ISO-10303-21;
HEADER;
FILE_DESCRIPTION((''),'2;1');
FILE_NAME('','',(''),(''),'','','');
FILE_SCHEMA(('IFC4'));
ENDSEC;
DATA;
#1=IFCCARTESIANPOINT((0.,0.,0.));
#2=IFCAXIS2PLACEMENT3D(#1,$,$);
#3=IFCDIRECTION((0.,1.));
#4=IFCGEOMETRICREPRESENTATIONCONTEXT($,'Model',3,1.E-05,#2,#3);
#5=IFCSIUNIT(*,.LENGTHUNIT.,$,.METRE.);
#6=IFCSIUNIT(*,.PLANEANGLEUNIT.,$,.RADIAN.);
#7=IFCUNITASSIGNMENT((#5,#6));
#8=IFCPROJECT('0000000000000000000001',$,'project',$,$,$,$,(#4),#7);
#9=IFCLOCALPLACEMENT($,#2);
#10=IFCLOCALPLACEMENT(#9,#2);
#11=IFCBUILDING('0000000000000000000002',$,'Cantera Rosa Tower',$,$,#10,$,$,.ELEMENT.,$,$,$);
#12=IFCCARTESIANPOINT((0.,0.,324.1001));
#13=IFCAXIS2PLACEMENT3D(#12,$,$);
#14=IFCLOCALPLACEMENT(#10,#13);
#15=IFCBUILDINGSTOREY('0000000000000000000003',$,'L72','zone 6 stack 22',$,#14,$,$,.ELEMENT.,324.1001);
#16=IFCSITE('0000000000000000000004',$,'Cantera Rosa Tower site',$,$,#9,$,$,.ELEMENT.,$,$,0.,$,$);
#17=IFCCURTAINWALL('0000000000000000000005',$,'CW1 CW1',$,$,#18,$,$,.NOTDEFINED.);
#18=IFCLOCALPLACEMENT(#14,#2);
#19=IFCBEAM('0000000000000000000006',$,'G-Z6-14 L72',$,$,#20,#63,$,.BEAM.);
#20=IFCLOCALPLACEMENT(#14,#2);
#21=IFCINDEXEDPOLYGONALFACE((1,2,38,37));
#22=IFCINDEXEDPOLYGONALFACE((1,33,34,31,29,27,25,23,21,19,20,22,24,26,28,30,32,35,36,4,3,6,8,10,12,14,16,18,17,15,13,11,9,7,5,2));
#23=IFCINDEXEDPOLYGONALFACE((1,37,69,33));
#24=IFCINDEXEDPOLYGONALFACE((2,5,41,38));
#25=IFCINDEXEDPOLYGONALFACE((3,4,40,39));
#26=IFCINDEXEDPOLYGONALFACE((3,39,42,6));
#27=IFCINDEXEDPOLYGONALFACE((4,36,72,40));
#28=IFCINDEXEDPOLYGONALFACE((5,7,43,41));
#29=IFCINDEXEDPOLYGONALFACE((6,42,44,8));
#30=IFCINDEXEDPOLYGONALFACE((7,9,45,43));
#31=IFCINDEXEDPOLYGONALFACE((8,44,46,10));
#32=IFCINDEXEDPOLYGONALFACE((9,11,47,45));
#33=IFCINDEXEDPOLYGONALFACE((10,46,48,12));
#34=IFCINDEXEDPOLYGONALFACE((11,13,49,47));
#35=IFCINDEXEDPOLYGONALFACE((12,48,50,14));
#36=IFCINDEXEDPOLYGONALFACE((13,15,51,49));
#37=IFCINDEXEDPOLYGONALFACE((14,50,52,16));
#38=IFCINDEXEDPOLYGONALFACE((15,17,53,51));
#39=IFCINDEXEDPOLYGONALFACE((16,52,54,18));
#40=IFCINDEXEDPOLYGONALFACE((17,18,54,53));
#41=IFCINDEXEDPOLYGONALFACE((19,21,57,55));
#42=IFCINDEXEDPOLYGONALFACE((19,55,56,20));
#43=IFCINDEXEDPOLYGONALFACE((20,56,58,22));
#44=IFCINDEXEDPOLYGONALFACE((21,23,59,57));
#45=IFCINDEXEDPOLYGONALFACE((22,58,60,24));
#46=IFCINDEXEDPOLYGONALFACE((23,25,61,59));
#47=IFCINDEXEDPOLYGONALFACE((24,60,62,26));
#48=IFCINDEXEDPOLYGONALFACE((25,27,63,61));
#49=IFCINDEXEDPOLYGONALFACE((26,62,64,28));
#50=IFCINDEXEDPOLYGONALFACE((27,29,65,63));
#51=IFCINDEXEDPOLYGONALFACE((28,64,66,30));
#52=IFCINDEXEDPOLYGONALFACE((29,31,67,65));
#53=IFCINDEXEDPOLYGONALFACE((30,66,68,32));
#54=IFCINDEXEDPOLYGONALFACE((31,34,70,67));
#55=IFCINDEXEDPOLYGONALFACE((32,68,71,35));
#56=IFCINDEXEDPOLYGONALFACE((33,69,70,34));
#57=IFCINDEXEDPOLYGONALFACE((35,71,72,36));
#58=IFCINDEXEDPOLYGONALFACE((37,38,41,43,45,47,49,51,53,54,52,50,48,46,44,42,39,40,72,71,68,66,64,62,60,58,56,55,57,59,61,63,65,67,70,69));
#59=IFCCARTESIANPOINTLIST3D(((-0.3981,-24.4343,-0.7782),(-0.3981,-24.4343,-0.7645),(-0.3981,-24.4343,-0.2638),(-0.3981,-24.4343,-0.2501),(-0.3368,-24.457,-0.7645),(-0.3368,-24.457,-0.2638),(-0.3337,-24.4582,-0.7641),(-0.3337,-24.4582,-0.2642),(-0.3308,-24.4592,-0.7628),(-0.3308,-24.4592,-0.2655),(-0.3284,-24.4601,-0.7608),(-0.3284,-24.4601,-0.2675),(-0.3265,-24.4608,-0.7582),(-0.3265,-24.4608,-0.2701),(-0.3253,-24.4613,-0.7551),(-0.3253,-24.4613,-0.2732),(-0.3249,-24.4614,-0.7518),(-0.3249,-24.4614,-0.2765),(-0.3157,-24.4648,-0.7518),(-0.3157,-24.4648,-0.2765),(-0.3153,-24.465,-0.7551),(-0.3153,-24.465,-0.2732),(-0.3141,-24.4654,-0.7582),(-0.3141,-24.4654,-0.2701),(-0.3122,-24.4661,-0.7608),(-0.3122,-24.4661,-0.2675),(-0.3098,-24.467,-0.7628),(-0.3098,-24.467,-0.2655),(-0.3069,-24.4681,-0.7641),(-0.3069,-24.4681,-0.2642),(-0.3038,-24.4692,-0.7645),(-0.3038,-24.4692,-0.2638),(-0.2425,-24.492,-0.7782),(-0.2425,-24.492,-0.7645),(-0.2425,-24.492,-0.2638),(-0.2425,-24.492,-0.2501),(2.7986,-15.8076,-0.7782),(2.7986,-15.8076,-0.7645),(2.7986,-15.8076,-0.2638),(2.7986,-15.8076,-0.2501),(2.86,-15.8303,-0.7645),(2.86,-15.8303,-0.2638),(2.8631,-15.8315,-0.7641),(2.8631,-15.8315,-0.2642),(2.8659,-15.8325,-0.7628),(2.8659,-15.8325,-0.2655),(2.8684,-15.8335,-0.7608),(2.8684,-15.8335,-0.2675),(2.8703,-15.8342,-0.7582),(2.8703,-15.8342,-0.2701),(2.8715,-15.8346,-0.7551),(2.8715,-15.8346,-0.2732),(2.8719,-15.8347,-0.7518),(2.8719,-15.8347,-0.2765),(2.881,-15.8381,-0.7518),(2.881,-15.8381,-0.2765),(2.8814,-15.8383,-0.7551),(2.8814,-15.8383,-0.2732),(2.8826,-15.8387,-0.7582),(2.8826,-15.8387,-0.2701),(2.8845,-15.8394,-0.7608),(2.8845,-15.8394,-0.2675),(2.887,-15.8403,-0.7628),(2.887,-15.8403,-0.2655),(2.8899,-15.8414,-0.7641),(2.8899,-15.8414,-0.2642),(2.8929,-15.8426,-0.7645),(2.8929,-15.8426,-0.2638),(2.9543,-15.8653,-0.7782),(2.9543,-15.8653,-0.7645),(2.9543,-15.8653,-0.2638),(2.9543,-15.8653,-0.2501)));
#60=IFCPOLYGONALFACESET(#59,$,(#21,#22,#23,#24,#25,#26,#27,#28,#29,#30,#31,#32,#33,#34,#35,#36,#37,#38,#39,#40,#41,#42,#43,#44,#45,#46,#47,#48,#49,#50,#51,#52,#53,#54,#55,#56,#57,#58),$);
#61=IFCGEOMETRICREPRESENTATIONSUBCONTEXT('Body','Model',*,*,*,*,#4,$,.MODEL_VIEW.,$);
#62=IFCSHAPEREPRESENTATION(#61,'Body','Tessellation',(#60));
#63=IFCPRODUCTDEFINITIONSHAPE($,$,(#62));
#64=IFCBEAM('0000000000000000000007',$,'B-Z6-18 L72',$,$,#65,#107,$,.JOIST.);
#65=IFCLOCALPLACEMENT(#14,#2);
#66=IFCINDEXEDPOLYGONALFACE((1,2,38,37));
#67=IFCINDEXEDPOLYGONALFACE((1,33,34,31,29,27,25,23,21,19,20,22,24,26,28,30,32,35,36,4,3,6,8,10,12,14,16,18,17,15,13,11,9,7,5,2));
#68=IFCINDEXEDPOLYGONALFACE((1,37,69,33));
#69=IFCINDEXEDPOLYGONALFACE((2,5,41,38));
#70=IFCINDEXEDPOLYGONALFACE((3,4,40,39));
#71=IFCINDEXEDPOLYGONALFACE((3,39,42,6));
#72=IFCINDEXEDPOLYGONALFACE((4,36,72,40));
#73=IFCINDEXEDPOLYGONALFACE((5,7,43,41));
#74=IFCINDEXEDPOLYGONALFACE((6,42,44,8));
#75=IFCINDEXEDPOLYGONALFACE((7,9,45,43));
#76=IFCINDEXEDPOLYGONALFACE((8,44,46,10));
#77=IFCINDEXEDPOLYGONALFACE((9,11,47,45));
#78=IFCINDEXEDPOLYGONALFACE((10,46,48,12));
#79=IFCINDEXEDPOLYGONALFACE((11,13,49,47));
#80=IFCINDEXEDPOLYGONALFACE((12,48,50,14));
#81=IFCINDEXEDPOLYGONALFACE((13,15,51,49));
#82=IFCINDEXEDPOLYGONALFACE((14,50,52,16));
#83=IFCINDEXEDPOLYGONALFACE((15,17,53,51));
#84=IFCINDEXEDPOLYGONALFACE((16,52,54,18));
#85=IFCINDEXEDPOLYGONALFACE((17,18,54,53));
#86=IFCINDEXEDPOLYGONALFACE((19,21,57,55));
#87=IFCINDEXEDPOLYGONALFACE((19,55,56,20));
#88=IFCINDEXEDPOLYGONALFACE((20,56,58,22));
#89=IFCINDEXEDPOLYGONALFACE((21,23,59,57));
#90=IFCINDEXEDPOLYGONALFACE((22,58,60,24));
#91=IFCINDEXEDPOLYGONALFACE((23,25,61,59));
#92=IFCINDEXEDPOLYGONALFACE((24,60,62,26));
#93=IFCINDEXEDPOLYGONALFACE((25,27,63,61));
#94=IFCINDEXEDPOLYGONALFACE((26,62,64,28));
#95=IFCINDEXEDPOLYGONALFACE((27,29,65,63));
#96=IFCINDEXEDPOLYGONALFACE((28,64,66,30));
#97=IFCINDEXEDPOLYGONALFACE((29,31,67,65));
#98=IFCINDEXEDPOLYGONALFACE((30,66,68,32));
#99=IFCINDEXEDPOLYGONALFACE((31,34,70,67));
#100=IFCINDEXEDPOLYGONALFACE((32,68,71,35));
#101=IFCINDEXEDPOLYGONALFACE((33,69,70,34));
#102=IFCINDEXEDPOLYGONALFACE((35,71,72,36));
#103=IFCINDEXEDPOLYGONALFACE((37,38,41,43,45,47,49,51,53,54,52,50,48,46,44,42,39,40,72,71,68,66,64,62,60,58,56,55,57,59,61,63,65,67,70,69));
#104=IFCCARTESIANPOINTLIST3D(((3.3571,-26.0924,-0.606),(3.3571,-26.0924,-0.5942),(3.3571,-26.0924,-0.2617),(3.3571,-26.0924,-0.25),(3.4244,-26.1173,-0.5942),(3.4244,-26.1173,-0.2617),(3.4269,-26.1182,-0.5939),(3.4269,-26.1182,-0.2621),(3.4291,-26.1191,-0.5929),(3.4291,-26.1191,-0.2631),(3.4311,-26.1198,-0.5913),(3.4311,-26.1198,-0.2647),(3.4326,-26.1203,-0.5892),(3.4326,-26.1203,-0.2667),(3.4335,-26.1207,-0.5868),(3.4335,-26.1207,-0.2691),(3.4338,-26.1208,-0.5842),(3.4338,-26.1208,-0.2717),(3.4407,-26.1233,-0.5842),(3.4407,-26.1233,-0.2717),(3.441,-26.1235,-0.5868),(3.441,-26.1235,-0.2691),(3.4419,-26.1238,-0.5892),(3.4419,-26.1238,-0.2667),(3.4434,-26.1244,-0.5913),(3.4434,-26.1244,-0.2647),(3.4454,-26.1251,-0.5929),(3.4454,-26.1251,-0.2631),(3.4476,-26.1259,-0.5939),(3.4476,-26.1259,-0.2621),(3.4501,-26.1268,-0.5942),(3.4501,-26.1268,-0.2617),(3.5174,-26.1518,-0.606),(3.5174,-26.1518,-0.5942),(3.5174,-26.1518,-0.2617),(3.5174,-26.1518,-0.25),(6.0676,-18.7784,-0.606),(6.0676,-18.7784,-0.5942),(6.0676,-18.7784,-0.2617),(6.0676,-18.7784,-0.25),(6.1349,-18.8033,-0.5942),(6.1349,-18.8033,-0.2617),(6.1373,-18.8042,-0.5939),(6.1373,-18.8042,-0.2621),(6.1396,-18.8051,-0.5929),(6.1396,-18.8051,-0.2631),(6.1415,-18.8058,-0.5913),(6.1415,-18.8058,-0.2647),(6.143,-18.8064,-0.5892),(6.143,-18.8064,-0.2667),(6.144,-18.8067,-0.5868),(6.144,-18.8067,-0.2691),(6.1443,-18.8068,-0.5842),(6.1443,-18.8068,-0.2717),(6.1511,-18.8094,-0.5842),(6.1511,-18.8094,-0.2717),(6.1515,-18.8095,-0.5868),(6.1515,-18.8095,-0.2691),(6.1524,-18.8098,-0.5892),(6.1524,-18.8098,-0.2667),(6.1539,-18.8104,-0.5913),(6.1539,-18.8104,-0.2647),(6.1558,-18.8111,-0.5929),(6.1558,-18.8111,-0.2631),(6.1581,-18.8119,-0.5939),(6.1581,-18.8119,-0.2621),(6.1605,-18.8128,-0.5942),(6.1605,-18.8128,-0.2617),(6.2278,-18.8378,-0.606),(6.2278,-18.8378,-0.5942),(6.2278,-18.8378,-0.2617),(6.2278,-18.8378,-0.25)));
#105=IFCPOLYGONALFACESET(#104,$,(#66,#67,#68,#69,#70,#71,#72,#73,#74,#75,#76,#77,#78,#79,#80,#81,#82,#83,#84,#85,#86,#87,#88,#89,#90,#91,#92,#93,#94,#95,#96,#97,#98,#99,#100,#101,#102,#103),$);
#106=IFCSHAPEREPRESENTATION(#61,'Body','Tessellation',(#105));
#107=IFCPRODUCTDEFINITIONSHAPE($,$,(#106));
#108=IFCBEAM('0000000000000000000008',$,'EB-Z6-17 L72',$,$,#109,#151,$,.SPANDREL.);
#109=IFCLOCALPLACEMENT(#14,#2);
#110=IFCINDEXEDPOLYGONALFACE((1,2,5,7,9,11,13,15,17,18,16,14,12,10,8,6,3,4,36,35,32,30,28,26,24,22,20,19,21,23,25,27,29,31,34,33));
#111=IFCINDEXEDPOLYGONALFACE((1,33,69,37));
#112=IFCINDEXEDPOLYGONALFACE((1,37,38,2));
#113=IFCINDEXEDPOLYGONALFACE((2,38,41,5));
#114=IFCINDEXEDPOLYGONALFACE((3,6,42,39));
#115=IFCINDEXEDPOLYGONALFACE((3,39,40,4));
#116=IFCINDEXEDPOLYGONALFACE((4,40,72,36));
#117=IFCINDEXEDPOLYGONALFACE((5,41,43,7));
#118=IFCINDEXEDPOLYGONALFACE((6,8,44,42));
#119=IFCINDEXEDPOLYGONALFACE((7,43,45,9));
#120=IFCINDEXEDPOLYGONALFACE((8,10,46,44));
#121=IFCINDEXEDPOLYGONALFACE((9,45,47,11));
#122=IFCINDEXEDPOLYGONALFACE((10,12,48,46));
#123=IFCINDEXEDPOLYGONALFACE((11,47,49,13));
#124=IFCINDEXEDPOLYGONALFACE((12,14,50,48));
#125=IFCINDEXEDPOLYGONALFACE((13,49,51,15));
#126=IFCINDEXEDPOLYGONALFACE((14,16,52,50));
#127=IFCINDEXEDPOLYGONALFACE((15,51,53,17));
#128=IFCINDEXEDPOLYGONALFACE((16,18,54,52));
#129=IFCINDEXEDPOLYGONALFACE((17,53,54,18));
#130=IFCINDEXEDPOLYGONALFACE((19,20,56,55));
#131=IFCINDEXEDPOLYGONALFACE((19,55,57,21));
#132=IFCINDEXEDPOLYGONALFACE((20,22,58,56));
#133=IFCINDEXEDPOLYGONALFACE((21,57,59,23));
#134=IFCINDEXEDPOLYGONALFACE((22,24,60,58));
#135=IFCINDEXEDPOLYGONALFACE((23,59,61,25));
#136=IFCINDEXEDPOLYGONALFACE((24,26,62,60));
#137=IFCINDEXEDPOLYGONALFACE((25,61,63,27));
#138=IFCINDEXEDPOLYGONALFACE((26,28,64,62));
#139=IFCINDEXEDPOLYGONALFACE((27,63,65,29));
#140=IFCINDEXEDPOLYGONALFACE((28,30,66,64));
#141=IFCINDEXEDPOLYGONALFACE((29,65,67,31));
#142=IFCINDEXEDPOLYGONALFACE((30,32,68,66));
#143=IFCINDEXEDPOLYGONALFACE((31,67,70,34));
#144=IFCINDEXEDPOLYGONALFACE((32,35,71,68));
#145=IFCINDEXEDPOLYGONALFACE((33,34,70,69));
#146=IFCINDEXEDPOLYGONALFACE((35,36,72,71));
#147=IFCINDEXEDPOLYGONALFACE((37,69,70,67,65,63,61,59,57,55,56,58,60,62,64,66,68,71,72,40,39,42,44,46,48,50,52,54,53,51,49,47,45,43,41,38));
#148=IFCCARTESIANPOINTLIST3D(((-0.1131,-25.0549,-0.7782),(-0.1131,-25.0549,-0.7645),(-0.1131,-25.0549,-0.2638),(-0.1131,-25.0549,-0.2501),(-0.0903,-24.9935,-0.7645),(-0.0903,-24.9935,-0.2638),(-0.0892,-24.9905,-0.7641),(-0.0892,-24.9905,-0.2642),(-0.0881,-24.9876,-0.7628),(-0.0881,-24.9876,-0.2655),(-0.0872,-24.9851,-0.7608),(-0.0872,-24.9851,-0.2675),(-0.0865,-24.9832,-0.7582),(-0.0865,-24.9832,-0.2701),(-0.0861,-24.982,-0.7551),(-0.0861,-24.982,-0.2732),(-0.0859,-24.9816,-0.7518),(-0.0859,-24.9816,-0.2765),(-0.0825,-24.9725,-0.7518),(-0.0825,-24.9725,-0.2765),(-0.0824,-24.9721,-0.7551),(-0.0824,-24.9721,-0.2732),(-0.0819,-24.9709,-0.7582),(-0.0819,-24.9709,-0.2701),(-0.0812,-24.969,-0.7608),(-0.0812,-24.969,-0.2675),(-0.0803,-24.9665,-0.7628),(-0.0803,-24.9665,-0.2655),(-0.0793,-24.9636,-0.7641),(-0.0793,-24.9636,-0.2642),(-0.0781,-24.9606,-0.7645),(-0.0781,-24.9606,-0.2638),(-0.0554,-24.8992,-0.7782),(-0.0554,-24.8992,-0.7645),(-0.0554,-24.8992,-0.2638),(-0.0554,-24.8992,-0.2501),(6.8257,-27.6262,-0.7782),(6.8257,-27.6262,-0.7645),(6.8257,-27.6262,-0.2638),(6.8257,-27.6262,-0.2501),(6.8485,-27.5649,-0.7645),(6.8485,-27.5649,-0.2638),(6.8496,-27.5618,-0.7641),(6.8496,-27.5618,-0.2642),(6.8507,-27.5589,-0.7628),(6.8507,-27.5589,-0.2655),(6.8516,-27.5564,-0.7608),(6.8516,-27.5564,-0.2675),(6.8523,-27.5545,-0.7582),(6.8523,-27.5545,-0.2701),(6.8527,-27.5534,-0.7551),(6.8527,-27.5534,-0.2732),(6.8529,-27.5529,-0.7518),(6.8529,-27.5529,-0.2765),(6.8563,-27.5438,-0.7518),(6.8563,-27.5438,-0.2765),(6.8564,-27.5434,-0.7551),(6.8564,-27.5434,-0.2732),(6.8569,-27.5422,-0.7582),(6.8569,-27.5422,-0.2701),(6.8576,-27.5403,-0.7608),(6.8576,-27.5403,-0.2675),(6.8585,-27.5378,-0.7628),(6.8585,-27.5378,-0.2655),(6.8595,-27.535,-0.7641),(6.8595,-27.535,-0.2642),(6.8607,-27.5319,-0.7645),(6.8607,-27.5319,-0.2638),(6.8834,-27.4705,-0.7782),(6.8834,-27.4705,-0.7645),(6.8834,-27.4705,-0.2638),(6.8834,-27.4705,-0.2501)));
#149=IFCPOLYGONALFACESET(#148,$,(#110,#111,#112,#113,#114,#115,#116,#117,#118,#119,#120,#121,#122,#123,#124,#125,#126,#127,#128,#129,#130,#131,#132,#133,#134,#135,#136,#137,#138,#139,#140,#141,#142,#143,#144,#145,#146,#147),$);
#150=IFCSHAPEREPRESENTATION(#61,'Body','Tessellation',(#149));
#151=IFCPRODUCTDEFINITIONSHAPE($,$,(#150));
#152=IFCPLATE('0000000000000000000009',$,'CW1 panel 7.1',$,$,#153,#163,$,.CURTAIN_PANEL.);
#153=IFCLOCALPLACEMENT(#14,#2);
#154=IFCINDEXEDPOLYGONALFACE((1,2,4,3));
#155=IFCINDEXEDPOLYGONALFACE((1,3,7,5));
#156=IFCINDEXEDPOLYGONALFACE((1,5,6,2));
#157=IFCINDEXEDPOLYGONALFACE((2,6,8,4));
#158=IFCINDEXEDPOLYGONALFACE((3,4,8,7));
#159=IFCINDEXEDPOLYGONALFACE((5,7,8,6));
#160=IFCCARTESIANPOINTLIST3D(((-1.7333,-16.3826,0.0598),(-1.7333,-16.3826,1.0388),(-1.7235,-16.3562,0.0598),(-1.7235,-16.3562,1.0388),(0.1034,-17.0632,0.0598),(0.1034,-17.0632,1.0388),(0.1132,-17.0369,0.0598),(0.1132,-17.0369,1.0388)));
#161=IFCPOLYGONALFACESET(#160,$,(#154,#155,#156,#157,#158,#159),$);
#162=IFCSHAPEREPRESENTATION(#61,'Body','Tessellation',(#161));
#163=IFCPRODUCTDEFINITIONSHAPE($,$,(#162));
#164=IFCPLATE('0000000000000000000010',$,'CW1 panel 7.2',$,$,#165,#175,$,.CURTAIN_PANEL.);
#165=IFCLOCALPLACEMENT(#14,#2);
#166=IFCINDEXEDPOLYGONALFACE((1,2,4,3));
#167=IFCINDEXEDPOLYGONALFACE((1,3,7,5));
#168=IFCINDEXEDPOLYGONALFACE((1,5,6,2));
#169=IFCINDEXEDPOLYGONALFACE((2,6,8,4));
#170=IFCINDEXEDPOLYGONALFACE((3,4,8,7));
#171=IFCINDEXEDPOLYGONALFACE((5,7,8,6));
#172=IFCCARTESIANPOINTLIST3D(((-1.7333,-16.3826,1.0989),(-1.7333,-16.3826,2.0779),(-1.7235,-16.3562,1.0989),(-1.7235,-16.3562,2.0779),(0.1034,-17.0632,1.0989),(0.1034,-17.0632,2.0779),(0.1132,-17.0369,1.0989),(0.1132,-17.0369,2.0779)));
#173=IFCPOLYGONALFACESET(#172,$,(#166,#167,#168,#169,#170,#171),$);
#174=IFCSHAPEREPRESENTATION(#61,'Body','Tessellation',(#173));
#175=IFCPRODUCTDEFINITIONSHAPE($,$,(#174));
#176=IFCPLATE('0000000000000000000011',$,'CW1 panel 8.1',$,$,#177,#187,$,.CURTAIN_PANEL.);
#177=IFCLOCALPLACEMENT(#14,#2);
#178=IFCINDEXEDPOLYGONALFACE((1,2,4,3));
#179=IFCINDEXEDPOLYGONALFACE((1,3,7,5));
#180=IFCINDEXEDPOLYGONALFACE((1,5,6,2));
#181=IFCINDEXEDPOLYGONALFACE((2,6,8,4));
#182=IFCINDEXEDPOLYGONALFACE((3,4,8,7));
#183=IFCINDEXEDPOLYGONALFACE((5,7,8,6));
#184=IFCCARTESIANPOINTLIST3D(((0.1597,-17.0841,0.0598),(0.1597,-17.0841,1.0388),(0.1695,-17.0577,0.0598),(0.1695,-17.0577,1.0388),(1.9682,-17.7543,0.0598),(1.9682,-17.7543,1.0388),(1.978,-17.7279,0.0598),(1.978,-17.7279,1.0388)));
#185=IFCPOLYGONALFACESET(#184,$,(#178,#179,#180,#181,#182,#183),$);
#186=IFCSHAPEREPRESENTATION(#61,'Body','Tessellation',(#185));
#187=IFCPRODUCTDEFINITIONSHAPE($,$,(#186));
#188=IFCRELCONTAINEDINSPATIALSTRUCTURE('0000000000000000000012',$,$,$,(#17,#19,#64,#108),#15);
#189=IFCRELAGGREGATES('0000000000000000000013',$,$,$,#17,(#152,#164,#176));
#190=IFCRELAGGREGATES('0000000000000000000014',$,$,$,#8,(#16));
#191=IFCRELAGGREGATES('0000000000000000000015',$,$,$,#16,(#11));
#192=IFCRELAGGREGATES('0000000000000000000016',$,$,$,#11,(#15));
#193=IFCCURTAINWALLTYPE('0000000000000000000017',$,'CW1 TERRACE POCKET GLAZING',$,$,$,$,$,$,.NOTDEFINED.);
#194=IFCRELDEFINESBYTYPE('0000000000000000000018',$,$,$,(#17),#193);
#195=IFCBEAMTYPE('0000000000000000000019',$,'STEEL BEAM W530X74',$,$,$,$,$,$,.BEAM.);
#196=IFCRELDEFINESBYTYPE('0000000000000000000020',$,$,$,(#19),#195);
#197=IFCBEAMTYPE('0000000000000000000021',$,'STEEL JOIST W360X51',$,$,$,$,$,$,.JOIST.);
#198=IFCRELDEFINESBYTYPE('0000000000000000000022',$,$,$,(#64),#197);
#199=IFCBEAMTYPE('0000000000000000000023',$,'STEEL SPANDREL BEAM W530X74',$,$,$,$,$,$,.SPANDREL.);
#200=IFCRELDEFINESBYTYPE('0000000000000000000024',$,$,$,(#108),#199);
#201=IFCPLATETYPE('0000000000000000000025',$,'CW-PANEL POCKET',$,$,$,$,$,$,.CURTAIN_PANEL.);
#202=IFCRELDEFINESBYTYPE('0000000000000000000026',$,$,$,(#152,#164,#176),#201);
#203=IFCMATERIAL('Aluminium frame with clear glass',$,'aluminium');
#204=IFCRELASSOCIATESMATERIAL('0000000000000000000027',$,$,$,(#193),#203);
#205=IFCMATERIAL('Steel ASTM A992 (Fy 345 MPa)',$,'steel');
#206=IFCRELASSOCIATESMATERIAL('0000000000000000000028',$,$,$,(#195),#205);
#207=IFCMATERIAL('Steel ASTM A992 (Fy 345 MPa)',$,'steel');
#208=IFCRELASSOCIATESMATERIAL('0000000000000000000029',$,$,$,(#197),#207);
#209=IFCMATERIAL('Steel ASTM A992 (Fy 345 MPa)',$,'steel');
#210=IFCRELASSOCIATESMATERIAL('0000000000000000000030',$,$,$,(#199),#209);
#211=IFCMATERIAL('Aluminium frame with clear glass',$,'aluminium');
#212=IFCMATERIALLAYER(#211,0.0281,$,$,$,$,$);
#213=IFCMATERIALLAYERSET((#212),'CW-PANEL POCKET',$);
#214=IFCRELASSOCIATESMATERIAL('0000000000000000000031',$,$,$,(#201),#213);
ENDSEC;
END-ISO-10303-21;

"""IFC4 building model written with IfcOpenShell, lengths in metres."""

from ifc_helpers import new_model, si_unit, direction, frame, origin, origin_2d, place, context, subcontext, project, spatial, rectangle, i_section, extrude, material, layer, layer_set, material_profile, profile_set, type_object, element, aggregate, save


model = new_model("IFC4")

# Units and contexts
model_context = context("Model", 3, precision=1e-05, world=origin(), true_north=direction((0.0, 1.0)))
body_context = subcontext(model_context, "Body", "Model", "MODEL_VIEW")
ifc_project = project(units=[si_unit("LENGTHUNIT", "METRE"), si_unit("PLANEANGLEUNIT", "RADIAN")], contexts=[model_context])

# Site, building, storey
site_placement = place(None, origin())
site = spatial("IfcSite", under=ifc_project, at=site_placement, Name="Cantera Rosa Tower site", CompositionType="ELEMENT", RefElevation=0.0)
building_placement = place(site_placement, origin())
building = spatial("IfcBuilding", under=site, at=building_placement, Name="Cantera Rosa Tower", CompositionType="ELEMENT")
storey_placement = place(building_placement, frame((0.0, 0.0, 324.1001)))
storey = spatial("IfcBuildingStorey", under=building, at=storey_placement, Name="L72", Description="zone 6 stack 22", CompositionType="ELEMENT", Elevation=324.1001)

# Curtain wall
ifc_material_1 = material(Name="Aluminium frame with clear glass", Category="aluminium")
curtain_wall_type = type_object("IfcCurtainWallType", Name="CW1 TERRACE POCKET GLAZING", PredefinedType="NOTDEFINED", material=ifc_material_1)
curtain_wall_placement = place(storey_placement, origin())
curtain_wall = element("IfcCurtainWall", 1, at=curtain_wall_placement, inside=storey, type_object=curtain_wall_type, Name="CW1 CW1", PredefinedType="NOTDEFINED")

# Beams
ifc_material_2 = material(Name="Steel ASTM A992 (Fy 345 MPa)", Category="steel")
ifc_material_profile_1 = material_profile(ifc_material_2, i_section(OverallWidth=0.166, OverallDepth=0.5281, WebThickness=0.0098, FlangeThickness=0.0137, FilletRadius=0.0127, at=origin_2d()), Name="W530X74")
ifc_profile_set_1 = profile_set([ifc_material_profile_1], Name="Steel ASTM A992 (Fy 345 MPa)")
beam_type_1 = type_object("IfcBeamType", Name="STEEL BEAM W530X74", PredefinedType="BEAM", material=ifc_profile_set_1)
beam_1_placement = place(storey_placement, frame((-0.3203, -24.4631, -0.5142), z_axis=(0.347477, 0.937689, 0.0), x_axis=(-0.937689, 0.347477, 0.0)))
element("IfcBeam", 2, at=beam_1_placement, inside=storey, type_object=beam_type_1, Name="G-Z6-14 L72", PredefinedType="BEAM", context=body_context, shape_type="SweptSolid", body=[
    extrude(i_section(OverallWidth=0.166, OverallDepth=0.5281, WebThickness=0.0098, FlangeThickness=0.0137, FilletRadius=0.0127, at=origin_2d()), origin(), (0.0, 0.0, 1.0), 9.2),
])
ifc_material_3 = material(Name="Steel ASTM A992 (Fy 345 MPa)", Category="steel")
ifc_material_profile_2 = material_profile(ifc_material_3, i_section(OverallWidth=0.1709, OverallDepth=0.356, WebThickness=0.0073, FlangeThickness=0.0117, FilletRadius=0.01, at=origin_2d()), Name="W360X51")
ifc_profile_set_2 = profile_set([ifc_material_profile_2], Name="Steel ASTM A992 (Fy 345 MPa)")
beam_type_2 = type_object("IfcBeamType", Name="STEEL JOIST W360X51", PredefinedType="JOIST", material=ifc_profile_set_2)
beam_2_placement = place(storey_placement, frame((3.4373, -26.1221, -0.428), z_axis=(0.347492, 0.937683, 0.0), x_axis=(-0.937683, 0.347492, 0.0)))
element("IfcBeam", 3, at=beam_2_placement, inside=storey, type_object=beam_type_2, Name="B-Z6-18 L72", PredefinedType="JOIST", context=body_context, shape_type="SweptSolid", body=[
    extrude(i_section(OverallWidth=0.1709, OverallDepth=0.356, WebThickness=0.0073, FlangeThickness=0.0117, FilletRadius=0.01, at=origin_2d()), origin(), (0.0, 0.0, 1.0), 7.8),
])
ifc_material_4 = material(Name="Steel ASTM A992 (Fy 345 MPa)", Category="steel")
ifc_material_profile_3 = material_profile(ifc_material_4, i_section(OverallWidth=0.166, OverallDepth=0.5281, WebThickness=0.0098, FlangeThickness=0.0137, FilletRadius=0.0127, at=origin_2d()), Name="W530X74")
ifc_profile_set_3 = profile_set([ifc_material_profile_3], Name="Steel ASTM A992 (Fy 345 MPa)")
beam_type_3 = type_object("IfcBeamType", Name="STEEL SPANDREL BEAM W530X74", PredefinedType="SPANDREL", material=ifc_profile_set_3)
beam_3_placement = place(storey_placement, frame((-0.0842, -24.9771, -0.5142), z_axis=(0.937687, -0.34748, 0.0), x_axis=(0.34748, 0.937687, 0.0)))
element("IfcBeam", 4, at=beam_3_placement, inside=storey, type_object=beam_type_3, Name="EB-Z6-17 L72", PredefinedType="SPANDREL", context=body_context, shape_type="SweptSolid", body=[
    extrude(i_section(OverallWidth=0.166, OverallDepth=0.5281, WebThickness=0.0098, FlangeThickness=0.0137, FilletRadius=0.0127, at=origin_2d()), origin(), (0.0, 0.0, 1.0), 7.3999),
])

# Plates
ifc_material_5 = material(Name="Aluminium frame with clear glass", Category="aluminium")
ifc_layer_1 = layer(ifc_material_5, 0.0281)
ifc_layer_set_1 = layer_set([ifc_layer_1], Name="CW-PANEL POCKET")
plate_type_1 = type_object("IfcPlateType", Name="CW-PANEL POCKET", PredefinedType="CURTAIN_PANEL", material=ifc_layer_set_1)
plate_1_placement = place(storey_placement, frame((-0.8101, -16.7097, 0.0598), z_axis=(0.0, 0.0, 1.0), x_axis=(0.937687, -0.347481, 0.0)))
plate_1 = element("IfcPlate", 5, at=plate_1_placement, type_object=plate_type_1, Name="CW1 panel 7.1", PredefinedType="CURTAIN_PANEL", context=body_context, shape_type="SweptSolid", body=[
    extrude(rectangle(XDim=1.9587, YDim=0.0281, at=origin_2d()), origin(), (0.0, 0.0, 1.0), 0.979),
])
plate_2_placement = place(storey_placement, frame((-0.8101, -16.7097, 1.0989), z_axis=(0.0, 0.0, 1.0), x_axis=(0.937687, -0.347481, 0.0)))
plate_2 = element("IfcPlate", 6, at=plate_2_placement, type_object=plate_type_1, Name="CW1 panel 7.2", PredefinedType="CURTAIN_PANEL", context=body_context, shape_type="SweptSolid", body=[
    extrude(rectangle(XDim=1.9587, YDim=0.0281, at=origin_2d()), origin(), (0.0, 0.0, 1.0), 0.979),
])
plate_3_placement = place(storey_placement, frame((1.0688, -17.406, 0.0598), z_axis=(0.0, 0.0, 1.0), x_axis=(0.937687, -0.347481, 0.0)))
plate_3 = element("IfcPlate", 7, at=plate_3_placement, type_object=plate_type_1, Name="CW1 panel 8.1", PredefinedType="CURTAIN_PANEL", context=body_context, shape_type="SweptSolid", body=[
    extrude(rectangle(XDim=1.9287, YDim=0.0281, at=origin_2d()), origin(), (0.0, 0.0, 1.0), 0.979),
])
aggregate(curtain_wall, [plate_1, plate_2, plate_3])

save(model, "model.ifc")
